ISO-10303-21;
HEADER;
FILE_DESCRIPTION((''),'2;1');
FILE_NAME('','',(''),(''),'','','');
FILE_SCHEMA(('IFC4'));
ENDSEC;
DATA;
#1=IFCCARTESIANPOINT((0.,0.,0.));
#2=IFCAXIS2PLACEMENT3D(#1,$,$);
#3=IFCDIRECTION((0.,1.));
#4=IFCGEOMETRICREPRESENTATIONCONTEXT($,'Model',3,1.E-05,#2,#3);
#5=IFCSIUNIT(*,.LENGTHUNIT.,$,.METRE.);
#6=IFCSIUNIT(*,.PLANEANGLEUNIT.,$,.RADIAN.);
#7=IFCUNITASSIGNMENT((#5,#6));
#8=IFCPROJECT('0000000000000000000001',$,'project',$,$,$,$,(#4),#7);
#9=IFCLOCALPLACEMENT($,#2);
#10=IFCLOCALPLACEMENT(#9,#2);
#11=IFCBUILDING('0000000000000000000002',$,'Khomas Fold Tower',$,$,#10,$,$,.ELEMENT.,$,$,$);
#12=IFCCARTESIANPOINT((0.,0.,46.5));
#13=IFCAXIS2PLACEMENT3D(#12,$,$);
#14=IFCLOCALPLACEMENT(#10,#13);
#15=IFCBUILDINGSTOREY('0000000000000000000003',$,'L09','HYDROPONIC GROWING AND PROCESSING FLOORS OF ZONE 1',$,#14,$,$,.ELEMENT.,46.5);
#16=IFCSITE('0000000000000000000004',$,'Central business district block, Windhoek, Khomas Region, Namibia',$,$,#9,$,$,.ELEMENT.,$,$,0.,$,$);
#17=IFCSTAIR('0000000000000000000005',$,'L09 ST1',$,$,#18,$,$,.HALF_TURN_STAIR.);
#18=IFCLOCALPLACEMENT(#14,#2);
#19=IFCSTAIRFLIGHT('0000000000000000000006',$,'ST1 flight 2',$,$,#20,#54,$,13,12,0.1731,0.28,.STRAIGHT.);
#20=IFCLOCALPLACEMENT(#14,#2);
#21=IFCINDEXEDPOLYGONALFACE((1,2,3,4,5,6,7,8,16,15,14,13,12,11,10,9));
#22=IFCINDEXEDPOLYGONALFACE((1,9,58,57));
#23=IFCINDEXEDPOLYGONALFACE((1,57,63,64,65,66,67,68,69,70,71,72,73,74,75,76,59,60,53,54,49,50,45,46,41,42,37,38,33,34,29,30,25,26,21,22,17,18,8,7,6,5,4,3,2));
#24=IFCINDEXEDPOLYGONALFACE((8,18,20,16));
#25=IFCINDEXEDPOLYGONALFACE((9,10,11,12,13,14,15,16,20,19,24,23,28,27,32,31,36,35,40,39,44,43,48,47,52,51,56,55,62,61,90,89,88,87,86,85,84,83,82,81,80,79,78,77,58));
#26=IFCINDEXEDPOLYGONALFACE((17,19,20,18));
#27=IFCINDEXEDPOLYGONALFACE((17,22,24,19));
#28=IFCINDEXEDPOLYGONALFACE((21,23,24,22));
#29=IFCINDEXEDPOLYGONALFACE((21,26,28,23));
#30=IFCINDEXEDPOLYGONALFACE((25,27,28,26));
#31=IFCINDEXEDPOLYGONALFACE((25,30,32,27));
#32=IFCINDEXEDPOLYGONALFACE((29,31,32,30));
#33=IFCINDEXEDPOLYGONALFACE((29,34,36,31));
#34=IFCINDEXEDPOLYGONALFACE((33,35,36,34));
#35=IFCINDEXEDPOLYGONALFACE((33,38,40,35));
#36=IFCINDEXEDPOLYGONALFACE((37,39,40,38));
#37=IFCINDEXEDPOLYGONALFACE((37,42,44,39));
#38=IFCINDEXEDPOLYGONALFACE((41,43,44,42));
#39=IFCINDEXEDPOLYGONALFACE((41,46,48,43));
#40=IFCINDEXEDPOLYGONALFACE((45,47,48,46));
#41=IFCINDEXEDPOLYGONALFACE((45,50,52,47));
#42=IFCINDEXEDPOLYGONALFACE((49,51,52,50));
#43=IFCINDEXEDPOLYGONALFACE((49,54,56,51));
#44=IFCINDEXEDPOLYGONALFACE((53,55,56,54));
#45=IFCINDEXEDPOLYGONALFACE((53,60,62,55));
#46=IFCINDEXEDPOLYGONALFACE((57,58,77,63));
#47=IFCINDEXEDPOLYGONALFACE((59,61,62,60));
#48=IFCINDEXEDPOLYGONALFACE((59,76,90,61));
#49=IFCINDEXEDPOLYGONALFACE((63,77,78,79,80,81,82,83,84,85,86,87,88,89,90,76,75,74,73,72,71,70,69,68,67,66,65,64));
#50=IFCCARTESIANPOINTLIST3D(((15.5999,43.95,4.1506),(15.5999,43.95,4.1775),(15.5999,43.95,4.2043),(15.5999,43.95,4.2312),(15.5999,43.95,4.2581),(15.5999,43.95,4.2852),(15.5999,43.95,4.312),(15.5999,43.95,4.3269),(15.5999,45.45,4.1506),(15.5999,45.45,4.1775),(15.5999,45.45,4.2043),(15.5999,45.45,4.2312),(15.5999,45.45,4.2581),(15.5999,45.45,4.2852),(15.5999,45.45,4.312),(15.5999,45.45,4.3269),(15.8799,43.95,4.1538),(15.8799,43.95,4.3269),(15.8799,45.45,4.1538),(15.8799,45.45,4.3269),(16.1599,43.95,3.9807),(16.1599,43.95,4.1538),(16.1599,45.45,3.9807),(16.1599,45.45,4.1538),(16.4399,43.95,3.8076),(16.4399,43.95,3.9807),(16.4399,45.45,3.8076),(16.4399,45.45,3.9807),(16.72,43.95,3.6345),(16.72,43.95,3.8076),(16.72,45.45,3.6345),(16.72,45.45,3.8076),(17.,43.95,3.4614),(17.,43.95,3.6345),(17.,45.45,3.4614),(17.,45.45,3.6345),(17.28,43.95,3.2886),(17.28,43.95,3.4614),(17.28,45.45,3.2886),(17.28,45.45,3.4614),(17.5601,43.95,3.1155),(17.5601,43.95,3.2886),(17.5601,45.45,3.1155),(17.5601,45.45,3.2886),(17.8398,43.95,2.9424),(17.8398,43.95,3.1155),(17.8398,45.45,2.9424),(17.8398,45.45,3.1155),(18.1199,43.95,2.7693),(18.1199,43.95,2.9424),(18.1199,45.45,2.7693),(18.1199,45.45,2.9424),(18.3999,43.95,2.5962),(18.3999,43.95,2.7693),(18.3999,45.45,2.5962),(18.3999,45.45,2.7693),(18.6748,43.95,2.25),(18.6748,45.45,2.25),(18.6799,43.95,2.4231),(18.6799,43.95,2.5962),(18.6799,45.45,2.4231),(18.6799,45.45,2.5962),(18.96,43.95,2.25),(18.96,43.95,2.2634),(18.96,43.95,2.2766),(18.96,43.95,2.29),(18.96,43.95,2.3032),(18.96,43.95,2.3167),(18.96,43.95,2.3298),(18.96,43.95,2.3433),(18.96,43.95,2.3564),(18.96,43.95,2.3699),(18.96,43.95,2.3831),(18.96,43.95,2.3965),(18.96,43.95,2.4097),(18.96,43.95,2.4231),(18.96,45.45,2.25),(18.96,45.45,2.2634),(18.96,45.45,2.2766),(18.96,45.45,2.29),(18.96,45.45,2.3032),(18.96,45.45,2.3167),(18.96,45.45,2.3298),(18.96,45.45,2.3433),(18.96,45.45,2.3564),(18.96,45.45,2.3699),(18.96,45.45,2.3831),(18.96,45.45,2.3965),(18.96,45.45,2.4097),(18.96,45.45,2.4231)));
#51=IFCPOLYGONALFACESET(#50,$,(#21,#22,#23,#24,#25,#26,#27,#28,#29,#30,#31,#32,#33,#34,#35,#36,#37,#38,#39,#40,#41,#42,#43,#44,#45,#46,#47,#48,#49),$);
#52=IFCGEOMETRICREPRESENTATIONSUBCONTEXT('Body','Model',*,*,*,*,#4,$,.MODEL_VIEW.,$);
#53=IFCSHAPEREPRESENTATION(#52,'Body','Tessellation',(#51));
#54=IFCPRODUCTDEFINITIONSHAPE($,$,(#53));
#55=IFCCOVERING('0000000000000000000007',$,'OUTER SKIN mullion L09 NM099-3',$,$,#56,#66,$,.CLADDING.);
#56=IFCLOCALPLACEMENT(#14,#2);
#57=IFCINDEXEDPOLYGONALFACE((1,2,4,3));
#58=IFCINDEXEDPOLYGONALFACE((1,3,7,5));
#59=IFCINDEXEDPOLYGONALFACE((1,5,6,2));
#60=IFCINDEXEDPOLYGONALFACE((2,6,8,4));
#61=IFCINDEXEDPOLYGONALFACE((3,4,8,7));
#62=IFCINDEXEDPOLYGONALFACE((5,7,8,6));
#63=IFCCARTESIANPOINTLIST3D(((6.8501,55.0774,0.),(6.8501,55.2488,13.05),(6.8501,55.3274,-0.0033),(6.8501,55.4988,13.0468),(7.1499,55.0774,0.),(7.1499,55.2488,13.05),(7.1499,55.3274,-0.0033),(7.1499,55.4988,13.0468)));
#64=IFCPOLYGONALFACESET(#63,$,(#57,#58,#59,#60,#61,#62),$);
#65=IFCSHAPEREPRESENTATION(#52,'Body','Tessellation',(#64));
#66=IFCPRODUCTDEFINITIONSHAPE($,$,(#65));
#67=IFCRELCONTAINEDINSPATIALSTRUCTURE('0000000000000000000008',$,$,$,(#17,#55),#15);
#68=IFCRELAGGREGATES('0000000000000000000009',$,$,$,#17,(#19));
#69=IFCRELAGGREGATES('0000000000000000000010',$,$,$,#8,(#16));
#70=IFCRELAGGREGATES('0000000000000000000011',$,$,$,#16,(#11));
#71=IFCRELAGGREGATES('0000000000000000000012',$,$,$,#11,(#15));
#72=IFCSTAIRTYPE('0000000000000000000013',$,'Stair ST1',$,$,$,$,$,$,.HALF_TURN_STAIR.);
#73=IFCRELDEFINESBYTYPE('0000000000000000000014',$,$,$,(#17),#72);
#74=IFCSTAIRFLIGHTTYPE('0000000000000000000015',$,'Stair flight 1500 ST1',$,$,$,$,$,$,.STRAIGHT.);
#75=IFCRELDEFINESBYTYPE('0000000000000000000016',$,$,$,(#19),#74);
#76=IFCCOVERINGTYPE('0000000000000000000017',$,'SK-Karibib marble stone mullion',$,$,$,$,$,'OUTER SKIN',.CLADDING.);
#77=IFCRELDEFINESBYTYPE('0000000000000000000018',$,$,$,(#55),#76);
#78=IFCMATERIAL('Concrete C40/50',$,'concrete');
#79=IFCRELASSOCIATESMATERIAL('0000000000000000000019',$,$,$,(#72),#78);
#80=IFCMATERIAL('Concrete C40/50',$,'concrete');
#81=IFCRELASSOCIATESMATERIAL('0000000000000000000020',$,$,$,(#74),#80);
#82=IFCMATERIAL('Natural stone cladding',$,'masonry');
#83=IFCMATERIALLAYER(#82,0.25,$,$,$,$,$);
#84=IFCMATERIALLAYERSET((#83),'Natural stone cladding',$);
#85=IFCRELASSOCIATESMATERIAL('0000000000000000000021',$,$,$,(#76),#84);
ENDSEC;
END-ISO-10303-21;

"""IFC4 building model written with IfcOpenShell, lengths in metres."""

from ifc_helpers import new_model, si_unit, direction, frame, origin, place, context, subcontext, project, spatial, polyline, outline, extrude, source, transform, mapped, material, layer, layer_set, type_object, element, aggregate, save


model = new_model("IFC4")

# Units and contexts
model_context = context("Model", 3, precision=1e-05, world=origin(), true_north=direction((0.0, 1.0)))
body_context = subcontext(model_context, "Body", "Model", "MODEL_VIEW")
ifc_project = project(units=[si_unit("LENGTHUNIT", "METRE"), si_unit("PLANEANGLEUNIT", "RADIAN")], contexts=[model_context])

# Site, building, storey
site_placement = place(None, origin())
site = spatial("IfcSite", under=ifc_project, at=site_placement, Name="Central business district block, Windhoek, Khomas Region, Namibia", CompositionType="ELEMENT", RefElevation=0.0)
building_placement = place(site_placement, origin())
building = spatial("IfcBuilding", under=site, at=building_placement, Name="Khomas Fold Tower", CompositionType="ELEMENT")
storey_placement = place(building_placement, frame((0.0, 0.0, 46.5)))
storey = spatial("IfcBuildingStorey", under=building, at=storey_placement, Name="L09", Description="HYDROPONIC GROWING AND PROCESSING FLOORS OF ZONE 1", CompositionType="ELEMENT", Elevation=46.5)

# Stair, stair flight
ifc_material_1 = material(Name="Concrete C40/50", Category="concrete")
stair_type = type_object("IfcStairType", Name="Stair ST1", PredefinedType="HALF_TURN_STAIR", material=ifc_material_1)
stair_placement = place(storey_placement, origin())
stair = element("IfcStair", 1, at=stair_placement, inside=storey, type_object=stair_type, Name="L09 ST1", PredefinedType="HALF_TURN_STAIR")
ifc_material_2 = material(Name="Concrete C40/50", Category="concrete")
stair_flight_type = type_object("IfcStairFlightType", Name="Stair flight 1500 ST1", PredefinedType="STRAIGHT", material=ifc_material_2)
shared_shape_1 = source(origin(), body_context, "Body", "SweptSolid", [
    extrude(outline(polyline([(0.0, 0.0), (0.0, 0.0134), (0.0, 0.0266), (0.0, 0.04), (0.0, 0.0532), (0.0, 0.0667), (0.0, 0.0798), (0.0, 0.0933), (0.0, 0.1064), (0.0, 0.1199), (0.0, 0.1331), (0.0, 0.1465), (0.0, 0.1597), (0.0, 0.1731), (0.28, 0.1731), (0.28, 0.3462), (0.5601, 0.3462), (0.5601, 0.5193), (0.8401, 0.5193), (0.8401, 0.6924), (1.1201, 0.6924), (1.1201, 0.8655), (1.3999, 0.8655), (1.3999, 1.0386), (1.6799, 1.0386), (1.6799, 1.2114), (1.96, 1.2114), (1.96, 1.3845), (2.24, 1.3845), (2.24, 1.5576), (2.52, 1.5576), (2.52, 1.7307), (2.8, 1.7307), (2.8, 1.9038), (3.0801, 1.9038), (3.0801, 2.0769), (3.3601, 2.0769), (3.3601, 2.25), (3.3601, 2.2231), (3.3601, 2.1963), (3.3601, 2.1694), (3.3601, 2.1426), (3.3601, 2.1157), (3.3601, 2.0889), (3.3601, 2.062), (3.3601, 2.0352), (3.3601, 2.0081), (3.3601, 1.9812), (3.3601, 1.9543), (3.3601, 1.9275), (3.3601, 1.9006), (0.2852, 0.0), (0.0, 0.0)])), frame((0.0, 0.75, 0.0), z_axis=(0.0, -1.0, 0.0), x_axis=(1.0, 0.0, 0.0)), (0.0, 0.0, 1.0), 1.5),
])
stair_flight_placement = place(storey_placement, frame((18.96, 44.7, 2.25), z_axis=(0.0, 0.0, 1.0), x_axis=(-1.0, 0.0, 0.0)))
stair_flight = element("IfcStairFlight", 2, at=stair_flight_placement, type_object=stair_flight_type, Name="ST1 flight 2", NumberOfRisers=13, NumberOfTreads=12, PredefinedType="STRAIGHT", RiserHeight=0.1731, TreadLength=0.28, context=body_context, shape_type="MappedRepresentation", body=[
    mapped(shared_shape_1, transform((0.0, 0.0, 0.0))),
])
aggregate(stair, [stair_flight])

# Covering
ifc_material_3 = material(Name="Natural stone cladding", Category="masonry")
ifc_layer_1 = layer(ifc_material_3, 0.25)
ifc_layer_set_1 = layer_set([ifc_layer_1], Name="Natural stone cladding")
covering_type = type_object("IfcCoveringType", Name="SK-Karibib marble stone mullion", ElementType="OUTER SKIN", PredefinedType="CLADDING", material=ifc_layer_set_1)
covering_placement = place(storey_placement, frame((6.8501, 55.0774, 0.0), z_axis=(0.0, -0.999914, 0.013132), x_axis=(0.0, 0.013132, 0.999914)))
element("IfcCovering", 3, at=covering_placement, inside=storey, type_object=covering_type, Name="OUTER SKIN mullion L09 NM099-3", PredefinedType="CLADDING", context=body_context, shape_type="SweptSolid", body=[
    extrude(outline(polyline([(0.0, 0.0), (13.0512, 0.0), (13.0512, -0.2998), (0.0, -0.2998), (0.0, 0.0)])), origin(), (0.0, 0.0, -1.0), 0.25),
])

save(model, "model.ifc")
